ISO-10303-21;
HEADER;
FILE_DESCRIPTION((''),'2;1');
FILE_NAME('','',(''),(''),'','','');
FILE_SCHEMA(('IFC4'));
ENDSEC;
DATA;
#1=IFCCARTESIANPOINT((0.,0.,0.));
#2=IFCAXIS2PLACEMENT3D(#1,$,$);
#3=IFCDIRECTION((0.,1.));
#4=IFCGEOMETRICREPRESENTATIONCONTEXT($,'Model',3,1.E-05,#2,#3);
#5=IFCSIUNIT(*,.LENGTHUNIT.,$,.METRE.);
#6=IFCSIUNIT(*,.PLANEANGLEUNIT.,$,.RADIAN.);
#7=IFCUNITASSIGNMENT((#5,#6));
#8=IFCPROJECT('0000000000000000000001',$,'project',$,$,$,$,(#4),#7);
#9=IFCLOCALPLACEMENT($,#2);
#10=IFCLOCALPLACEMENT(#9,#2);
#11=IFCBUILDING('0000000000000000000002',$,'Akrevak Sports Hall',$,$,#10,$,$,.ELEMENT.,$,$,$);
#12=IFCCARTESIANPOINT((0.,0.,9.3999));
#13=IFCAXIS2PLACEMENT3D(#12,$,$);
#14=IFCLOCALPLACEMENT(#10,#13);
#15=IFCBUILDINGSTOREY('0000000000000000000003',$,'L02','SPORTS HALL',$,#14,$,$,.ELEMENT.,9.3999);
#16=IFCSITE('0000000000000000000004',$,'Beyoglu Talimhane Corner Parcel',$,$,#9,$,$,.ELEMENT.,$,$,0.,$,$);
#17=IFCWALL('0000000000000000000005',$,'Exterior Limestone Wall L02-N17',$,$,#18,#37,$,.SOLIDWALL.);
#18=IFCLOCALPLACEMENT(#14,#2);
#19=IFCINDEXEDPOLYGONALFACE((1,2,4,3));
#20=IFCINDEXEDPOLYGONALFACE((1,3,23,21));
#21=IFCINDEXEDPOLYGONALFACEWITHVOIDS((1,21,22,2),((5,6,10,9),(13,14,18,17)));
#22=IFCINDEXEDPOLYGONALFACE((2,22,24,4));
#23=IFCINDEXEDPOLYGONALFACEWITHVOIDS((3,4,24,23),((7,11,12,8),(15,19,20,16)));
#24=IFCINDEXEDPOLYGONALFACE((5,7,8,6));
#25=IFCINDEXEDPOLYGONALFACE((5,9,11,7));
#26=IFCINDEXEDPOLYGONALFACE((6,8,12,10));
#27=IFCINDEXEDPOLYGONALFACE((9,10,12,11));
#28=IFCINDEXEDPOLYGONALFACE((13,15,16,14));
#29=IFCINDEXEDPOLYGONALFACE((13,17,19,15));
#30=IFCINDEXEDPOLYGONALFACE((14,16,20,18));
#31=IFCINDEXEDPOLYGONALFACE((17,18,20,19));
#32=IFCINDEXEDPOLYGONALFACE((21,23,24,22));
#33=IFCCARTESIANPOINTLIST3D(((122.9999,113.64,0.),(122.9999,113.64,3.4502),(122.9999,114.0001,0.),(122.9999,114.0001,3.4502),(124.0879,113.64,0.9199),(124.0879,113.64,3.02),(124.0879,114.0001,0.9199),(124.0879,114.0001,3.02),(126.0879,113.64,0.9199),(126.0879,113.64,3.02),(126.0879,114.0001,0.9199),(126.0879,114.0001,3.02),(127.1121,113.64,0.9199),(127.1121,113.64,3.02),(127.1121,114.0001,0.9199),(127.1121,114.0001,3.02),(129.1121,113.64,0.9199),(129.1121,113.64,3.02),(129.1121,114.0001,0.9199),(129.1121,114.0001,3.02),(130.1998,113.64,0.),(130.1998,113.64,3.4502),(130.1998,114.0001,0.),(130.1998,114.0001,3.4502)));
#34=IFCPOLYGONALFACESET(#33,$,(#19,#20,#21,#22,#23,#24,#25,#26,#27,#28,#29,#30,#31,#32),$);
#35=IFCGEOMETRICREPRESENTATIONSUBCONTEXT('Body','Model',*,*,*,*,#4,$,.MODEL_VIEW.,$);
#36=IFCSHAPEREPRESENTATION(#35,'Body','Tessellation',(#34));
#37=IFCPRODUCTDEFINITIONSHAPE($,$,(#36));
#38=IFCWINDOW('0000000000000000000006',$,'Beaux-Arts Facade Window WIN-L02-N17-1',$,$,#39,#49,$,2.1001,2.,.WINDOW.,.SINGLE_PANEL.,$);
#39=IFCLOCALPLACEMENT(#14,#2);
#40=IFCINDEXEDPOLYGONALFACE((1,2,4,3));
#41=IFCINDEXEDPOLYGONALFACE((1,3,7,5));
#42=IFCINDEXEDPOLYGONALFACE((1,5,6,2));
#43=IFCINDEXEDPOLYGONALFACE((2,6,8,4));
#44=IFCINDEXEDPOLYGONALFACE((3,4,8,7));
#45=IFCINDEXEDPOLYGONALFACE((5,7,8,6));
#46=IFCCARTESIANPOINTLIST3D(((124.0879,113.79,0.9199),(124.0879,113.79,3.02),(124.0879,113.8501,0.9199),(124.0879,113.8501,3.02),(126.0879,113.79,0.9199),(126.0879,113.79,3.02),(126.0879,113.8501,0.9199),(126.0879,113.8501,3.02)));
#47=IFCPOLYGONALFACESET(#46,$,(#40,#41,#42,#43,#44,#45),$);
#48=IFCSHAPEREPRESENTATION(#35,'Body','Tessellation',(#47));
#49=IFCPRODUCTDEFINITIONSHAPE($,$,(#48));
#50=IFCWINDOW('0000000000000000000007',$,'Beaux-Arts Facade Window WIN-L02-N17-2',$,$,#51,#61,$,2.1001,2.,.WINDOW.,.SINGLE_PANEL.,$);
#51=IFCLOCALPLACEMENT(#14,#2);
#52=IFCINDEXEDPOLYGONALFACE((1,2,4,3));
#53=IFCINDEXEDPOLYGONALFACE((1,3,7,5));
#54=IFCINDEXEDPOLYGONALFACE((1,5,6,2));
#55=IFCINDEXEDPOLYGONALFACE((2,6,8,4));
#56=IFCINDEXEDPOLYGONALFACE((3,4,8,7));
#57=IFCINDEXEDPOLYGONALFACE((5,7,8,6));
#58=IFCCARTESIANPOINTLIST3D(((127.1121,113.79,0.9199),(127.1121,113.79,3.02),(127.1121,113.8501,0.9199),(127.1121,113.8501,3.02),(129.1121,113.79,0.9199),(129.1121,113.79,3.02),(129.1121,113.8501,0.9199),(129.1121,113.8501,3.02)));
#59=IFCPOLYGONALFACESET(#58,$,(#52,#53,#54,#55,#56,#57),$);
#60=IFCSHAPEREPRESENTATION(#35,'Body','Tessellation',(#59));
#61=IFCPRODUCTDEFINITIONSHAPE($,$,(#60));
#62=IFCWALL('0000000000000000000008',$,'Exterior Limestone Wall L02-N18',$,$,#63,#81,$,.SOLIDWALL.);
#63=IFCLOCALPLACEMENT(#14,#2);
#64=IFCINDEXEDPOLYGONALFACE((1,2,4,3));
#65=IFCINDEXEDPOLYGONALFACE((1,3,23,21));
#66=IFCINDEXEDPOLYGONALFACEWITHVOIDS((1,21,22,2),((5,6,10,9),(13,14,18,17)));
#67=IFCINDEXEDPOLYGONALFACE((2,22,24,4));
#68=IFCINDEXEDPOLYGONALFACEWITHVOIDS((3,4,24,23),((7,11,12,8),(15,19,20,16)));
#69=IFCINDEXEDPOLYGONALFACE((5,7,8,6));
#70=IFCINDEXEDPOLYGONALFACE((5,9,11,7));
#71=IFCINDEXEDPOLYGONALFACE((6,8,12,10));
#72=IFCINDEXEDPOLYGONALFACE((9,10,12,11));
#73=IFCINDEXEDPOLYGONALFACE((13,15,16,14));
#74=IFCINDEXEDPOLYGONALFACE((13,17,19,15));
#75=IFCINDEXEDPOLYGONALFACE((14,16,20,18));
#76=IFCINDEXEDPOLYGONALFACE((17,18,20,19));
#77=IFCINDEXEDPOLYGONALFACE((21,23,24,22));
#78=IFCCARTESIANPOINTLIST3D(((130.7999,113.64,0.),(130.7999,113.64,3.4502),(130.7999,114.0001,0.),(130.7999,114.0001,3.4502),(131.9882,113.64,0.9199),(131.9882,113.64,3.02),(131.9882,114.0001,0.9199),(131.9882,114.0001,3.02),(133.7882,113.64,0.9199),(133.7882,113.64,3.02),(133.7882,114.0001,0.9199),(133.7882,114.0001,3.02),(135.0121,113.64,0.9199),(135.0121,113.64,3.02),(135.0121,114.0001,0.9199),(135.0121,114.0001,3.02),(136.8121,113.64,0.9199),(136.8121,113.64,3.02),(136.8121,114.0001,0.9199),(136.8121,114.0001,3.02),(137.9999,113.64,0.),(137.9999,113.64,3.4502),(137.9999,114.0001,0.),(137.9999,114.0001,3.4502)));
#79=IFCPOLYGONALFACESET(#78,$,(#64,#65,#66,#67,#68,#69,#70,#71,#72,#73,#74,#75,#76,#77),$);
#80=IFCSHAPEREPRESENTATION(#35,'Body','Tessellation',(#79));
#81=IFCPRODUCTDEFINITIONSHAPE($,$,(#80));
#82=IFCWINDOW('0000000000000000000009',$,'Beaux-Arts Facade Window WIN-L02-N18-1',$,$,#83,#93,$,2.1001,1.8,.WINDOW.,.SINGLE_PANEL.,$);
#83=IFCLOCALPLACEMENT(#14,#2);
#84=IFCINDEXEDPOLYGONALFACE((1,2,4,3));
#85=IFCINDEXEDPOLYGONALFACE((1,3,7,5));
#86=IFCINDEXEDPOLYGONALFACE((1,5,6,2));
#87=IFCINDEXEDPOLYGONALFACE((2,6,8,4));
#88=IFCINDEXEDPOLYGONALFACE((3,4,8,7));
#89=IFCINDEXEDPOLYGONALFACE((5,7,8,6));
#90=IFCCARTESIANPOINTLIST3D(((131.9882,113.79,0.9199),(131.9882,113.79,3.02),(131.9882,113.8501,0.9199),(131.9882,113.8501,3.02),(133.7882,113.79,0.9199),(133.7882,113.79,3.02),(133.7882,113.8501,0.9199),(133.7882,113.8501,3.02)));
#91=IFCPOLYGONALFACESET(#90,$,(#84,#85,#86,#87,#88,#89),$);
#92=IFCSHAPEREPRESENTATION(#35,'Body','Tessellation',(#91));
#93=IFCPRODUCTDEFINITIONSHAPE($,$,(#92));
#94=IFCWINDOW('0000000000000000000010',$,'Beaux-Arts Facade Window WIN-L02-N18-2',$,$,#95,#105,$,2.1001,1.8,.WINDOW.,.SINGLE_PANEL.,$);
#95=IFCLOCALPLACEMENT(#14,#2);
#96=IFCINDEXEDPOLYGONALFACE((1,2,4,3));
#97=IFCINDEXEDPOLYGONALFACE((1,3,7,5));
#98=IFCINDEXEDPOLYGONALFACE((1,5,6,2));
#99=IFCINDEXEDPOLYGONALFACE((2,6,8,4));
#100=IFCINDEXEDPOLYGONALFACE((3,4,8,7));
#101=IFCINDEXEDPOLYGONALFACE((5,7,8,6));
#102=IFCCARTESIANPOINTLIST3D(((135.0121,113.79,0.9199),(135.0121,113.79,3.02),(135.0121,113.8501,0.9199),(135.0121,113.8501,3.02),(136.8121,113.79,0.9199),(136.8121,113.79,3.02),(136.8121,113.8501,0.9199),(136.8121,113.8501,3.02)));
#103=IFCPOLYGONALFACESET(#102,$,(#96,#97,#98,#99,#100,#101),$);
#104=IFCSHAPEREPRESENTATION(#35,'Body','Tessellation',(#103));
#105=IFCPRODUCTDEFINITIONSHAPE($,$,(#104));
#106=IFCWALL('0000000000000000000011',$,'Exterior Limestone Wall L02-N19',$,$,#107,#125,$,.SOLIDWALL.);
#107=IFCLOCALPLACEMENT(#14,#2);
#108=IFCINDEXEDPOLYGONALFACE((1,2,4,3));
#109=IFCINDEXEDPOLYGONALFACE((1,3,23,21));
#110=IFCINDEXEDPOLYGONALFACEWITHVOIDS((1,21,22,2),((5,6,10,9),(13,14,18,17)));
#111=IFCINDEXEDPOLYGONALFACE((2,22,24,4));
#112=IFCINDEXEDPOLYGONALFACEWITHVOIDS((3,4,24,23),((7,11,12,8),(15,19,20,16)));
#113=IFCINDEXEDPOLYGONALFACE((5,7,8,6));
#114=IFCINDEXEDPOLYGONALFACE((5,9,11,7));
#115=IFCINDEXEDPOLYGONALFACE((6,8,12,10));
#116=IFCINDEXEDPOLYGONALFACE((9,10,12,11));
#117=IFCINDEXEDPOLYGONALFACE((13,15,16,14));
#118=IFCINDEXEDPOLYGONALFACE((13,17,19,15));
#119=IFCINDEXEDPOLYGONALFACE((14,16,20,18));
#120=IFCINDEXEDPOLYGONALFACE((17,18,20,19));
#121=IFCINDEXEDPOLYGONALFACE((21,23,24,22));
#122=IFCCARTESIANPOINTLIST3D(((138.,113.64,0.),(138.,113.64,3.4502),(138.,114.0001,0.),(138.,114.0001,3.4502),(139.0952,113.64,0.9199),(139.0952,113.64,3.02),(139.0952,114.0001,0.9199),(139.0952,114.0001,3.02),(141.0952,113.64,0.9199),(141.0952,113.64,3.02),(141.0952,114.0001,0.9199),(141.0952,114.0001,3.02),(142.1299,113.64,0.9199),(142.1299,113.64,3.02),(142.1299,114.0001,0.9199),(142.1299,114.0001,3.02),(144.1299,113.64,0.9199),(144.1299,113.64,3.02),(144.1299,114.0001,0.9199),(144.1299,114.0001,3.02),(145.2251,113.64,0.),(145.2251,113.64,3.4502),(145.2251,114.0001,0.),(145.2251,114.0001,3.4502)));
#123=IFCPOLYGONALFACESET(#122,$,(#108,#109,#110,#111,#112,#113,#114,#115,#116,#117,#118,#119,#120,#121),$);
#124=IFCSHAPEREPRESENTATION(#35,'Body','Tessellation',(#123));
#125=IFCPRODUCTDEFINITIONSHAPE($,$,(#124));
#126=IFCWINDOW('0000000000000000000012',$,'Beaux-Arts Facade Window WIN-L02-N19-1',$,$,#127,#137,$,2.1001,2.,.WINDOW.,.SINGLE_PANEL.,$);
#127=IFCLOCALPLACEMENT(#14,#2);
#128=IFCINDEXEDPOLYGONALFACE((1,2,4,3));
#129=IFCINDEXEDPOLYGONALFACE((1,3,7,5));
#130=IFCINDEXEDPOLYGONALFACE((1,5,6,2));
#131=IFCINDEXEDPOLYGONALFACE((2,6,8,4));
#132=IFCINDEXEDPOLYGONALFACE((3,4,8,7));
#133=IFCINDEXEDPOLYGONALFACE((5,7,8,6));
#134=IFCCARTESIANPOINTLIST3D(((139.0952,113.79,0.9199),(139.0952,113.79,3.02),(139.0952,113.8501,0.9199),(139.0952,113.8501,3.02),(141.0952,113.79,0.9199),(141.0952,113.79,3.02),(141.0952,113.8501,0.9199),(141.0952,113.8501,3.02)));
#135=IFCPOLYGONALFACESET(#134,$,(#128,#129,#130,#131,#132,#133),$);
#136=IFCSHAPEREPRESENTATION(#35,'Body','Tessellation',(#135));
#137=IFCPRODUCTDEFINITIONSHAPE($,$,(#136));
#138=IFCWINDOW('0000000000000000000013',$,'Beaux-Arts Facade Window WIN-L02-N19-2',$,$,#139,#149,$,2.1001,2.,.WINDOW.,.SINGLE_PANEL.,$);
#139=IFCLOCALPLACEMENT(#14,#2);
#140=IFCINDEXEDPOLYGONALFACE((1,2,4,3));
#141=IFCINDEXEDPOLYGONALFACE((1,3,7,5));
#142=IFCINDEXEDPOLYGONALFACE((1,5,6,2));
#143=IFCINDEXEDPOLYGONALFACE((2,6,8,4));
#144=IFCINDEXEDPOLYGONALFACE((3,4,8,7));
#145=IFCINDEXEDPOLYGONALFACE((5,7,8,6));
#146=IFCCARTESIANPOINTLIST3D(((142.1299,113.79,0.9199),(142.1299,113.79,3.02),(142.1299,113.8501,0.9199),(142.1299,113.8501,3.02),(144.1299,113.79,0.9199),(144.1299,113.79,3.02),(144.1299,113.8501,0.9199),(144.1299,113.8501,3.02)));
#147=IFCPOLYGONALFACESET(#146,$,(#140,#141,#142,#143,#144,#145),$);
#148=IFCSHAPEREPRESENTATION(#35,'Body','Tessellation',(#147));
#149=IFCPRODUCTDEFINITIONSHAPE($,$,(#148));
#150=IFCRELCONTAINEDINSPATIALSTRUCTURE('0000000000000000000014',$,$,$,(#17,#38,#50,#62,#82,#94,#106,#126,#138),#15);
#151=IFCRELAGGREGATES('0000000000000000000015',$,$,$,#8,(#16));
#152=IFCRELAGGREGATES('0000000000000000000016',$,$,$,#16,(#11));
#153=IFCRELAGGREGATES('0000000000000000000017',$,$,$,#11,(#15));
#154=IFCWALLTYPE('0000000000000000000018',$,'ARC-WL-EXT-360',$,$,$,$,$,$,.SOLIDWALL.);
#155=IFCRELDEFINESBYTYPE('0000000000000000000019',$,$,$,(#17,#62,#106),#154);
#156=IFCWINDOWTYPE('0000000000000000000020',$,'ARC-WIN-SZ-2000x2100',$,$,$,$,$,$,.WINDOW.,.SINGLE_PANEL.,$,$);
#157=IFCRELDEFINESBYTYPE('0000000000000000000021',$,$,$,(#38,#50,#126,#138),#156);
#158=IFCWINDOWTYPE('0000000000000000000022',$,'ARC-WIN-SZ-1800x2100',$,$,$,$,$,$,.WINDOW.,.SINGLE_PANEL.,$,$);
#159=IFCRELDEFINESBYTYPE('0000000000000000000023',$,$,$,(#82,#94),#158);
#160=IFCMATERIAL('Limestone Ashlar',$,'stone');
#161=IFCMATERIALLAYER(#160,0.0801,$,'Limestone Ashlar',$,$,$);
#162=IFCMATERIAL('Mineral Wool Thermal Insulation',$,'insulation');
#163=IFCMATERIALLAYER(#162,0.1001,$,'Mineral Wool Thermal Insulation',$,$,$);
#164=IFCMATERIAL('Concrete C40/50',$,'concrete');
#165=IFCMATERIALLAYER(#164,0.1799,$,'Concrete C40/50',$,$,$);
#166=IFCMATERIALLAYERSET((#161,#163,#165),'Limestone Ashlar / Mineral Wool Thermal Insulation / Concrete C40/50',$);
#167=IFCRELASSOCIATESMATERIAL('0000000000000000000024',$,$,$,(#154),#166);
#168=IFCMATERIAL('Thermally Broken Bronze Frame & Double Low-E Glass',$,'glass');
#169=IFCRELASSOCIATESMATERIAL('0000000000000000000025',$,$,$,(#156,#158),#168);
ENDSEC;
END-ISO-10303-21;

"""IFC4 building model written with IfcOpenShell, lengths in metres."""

from ifc_helpers import new_model, si_unit, direction, frame, frame_2d, origin, place, context, subcontext, project, spatial, rectangle, extrude, material, layer, layer_set, type_object, element, fill, save


model = new_model("IFC4")

# Units and contexts
model_context = context("Model", 3, precision=1e-05, world=origin(), true_north=direction((0.0, 1.0)))
body_context = subcontext(model_context, "Body", "Model", "MODEL_VIEW")
ifc_project = project(units=[si_unit("LENGTHUNIT", "METRE"), si_unit("PLANEANGLEUNIT", "RADIAN")], contexts=[model_context])

# Site, building, storey
site_placement = place(None, origin())
site = spatial("IfcSite", under=ifc_project, at=site_placement, Name="Beyoglu Talimhane Corner Parcel", CompositionType="ELEMENT", RefElevation=0.0)
building_placement = place(site_placement, origin())
building = spatial("IfcBuilding", under=site, at=building_placement, Name="Akrevak Sports Hall", CompositionType="ELEMENT")
storey_placement = place(building_placement, frame((0.0, 0.0, 9.3999)))
storey = spatial("IfcBuildingStorey", under=building, at=storey_placement, Name="L02", Description="SPORTS HALL", CompositionType="ELEMENT", Elevation=9.3999)

# Shared definitions
ifc_material_1 = material(Name="Concrete C40/50", Category="concrete")

# Walls, openings, windows
ifc_material_2 = material(Name="Limestone Ashlar", Category="stone")
ifc_layer_1 = layer(ifc_material_2, 0.0801, Name="Limestone Ashlar")
ifc_material_3 = material(Name="Mineral Wool Thermal Insulation", Category="insulation")
ifc_layer_2 = layer(ifc_material_3, 0.1001, Name="Mineral Wool Thermal Insulation")
ifc_layer_3 = layer(ifc_material_1, 0.1799, Name="Concrete C40/50")
ifc_layer_set_1 = layer_set([ifc_layer_1, ifc_layer_2, ifc_layer_3], Name="Limestone Ashlar / Mineral Wool Thermal Insulation / Concrete C40/50")
wall_type_1 = type_object("IfcWallType", Name="ARC-WL-EXT-360", PredefinedType="SOLIDWALL", material=ifc_layer_set_1)
ifc_material_4 = material(Name="Thermally Broken Bronze Frame & Double Low-E Glass", Category="glass")
window_type_1 = type_object("IfcWindowType", Name="ARC-WIN-SZ-2000x2100", PartitioningType="SINGLE_PANEL", PredefinedType="WINDOW", material=ifc_material_4)
wall_1_placement = place(storey_placement, frame((130.2, 113.8201, 0.0), z_axis=(0.0, 0.0, 1.0), x_axis=(-1.0, 0.0, 0.0)))
wall_1 = element("IfcWall", 1, at=wall_1_placement, inside=storey, type_object=wall_type_1, Name="Exterior Limestone Wall L02-N17", PredefinedType="SOLIDWALL", context=body_context, shape_type="SweptSolid", body=[
    extrude(rectangle(XDim=7.2, YDim=0.3601, at=frame_2d((3.6001, 0.0))), origin(), (0.0, 0.0, 1.0), 3.4502),
])
opening_1_placement = place(wall_1_placement, frame((4.1121, 0.0, 0.9199)))
opening_1 = element("IfcOpeningElement", 2, at=opening_1_placement, cuts=wall_1, PredefinedType="OPENING", context=body_context, shape_type="SweptSolid", body=[
    extrude(rectangle(XDim=2.0, YDim=2.1001, at=frame_2d((1.0, 1.05))), frame((0.0, 0.1919, 0.0), z_axis=(0.0, -1.0, 0.0), x_axis=(1.0, 0.0, 0.0)), (0.0, 0.0, 1.0), 0.384),
])
opening_2_placement = place(wall_1_placement, frame((1.0879, 0.0, 0.9199)))
opening_2 = element("IfcOpeningElement", 3, at=opening_2_placement, cuts=wall_1, PredefinedType="OPENING", context=body_context, shape_type="SweptSolid", body=[
    extrude(rectangle(XDim=2.0, YDim=2.1001, at=frame_2d((1.0, 1.05))), frame((0.0, 0.1919, 0.0), z_axis=(0.0, -1.0, 0.0), x_axis=(1.0, 0.0, 0.0)), (0.0, 0.0, 1.0), 0.384),
])
window_1_placement = place(opening_1_placement, origin())
window_1 = element("IfcWindow", 4, at=window_1_placement, inside=storey, type_object=window_type_1, Name="Beaux-Arts Facade Window WIN-L02-N17-1", OverallHeight=2.1001, OverallWidth=2.0, PartitioningType="SINGLE_PANEL", PredefinedType="WINDOW", context=body_context, shape_type="SweptSolid", body=[
    extrude(rectangle(XDim=2.0, YDim=2.1001, at=frame_2d((1.0, 1.05))), frame((0.0, 0.03, 0.0), z_axis=(0.0, -1.0, 0.0), x_axis=(1.0, 0.0, 0.0)), (0.0, 0.0, 1.0), 0.0601),
])
fill(opening_1, window_1)
window_2_placement = place(opening_2_placement, origin())
window_2 = element("IfcWindow", 5, at=window_2_placement, inside=storey, type_object=window_type_1, Name="Beaux-Arts Facade Window WIN-L02-N17-2", OverallHeight=2.1001, OverallWidth=2.0, PartitioningType="SINGLE_PANEL", PredefinedType="WINDOW", context=body_context, shape_type="SweptSolid", body=[
    extrude(rectangle(XDim=2.0, YDim=2.1001, at=frame_2d((1.0, 1.05))), frame((0.0, 0.03, 0.0), z_axis=(0.0, -1.0, 0.0), x_axis=(1.0, 0.0, 0.0)), (0.0, 0.0, 1.0), 0.0601),
])
fill(opening_2, window_2)
wall_2_placement = place(storey_placement, frame((138.0, 113.8201, 0.0), z_axis=(0.0, 0.0, 1.0), x_axis=(-1.0, 0.0, 0.0)))
wall_2 = element("IfcWall", 6, at=wall_2_placement, inside=storey, type_object=wall_type_1, Name="Exterior Limestone Wall L02-N18", PredefinedType="SOLIDWALL", context=body_context, shape_type="SweptSolid", body=[
    extrude(rectangle(XDim=7.2, YDim=0.3601, at=frame_2d((3.6001, 0.0))), origin(), (0.0, 0.0, 1.0), 3.4502),
])
opening_3_placement = place(wall_2_placement, frame((4.2119, 0.0, 0.9199)))
opening_3 = element("IfcOpeningElement", 7, at=opening_3_placement, cuts=wall_2, PredefinedType="OPENING", context=body_context, shape_type="SweptSolid", body=[
    extrude(rectangle(XDim=1.8, YDim=2.1001, at=frame_2d((0.8999, 1.05))), frame((0.0, 0.1919, 0.0), z_axis=(0.0, -1.0, 0.0), x_axis=(1.0, 0.0, 0.0)), (0.0, 0.0, 1.0), 0.384),
])
opening_4_placement = place(wall_2_placement, frame((1.188, 0.0, 0.9199)))
opening_4 = element("IfcOpeningElement", 8, at=opening_4_placement, cuts=wall_2, PredefinedType="OPENING", context=body_context, shape_type="SweptSolid", body=[
    extrude(rectangle(XDim=1.8, YDim=2.1001, at=frame_2d((0.8999, 1.05))), frame((0.0, 0.1919, 0.0), z_axis=(0.0, -1.0, 0.0), x_axis=(1.0, 0.0, 0.0)), (0.0, 0.0, 1.0), 0.384),
])
window_type_2 = type_object("IfcWindowType", Name="ARC-WIN-SZ-1800x2100", PartitioningType="SINGLE_PANEL", PredefinedType="WINDOW", material=ifc_material_4)
window_3_placement = place(opening_3_placement, origin())
window_3 = element("IfcWindow", 9, at=window_3_placement, inside=storey, type_object=window_type_2, Name="Beaux-Arts Facade Window WIN-L02-N18-1", OverallHeight=2.1001, OverallWidth=1.8, PartitioningType="SINGLE_PANEL", PredefinedType="WINDOW", context=body_context, shape_type="SweptSolid", body=[
    extrude(rectangle(XDim=1.8, YDim=2.1001, at=frame_2d((0.8999, 1.05))), frame((0.0, 0.03, 0.0), z_axis=(0.0, -1.0, 0.0), x_axis=(1.0, 0.0, 0.0)), (0.0, 0.0, 1.0), 0.0601),
])
fill(opening_3, window_3)
window_4_placement = place(opening_4_placement, origin())
window_4 = element("IfcWindow", 10, at=window_4_placement, inside=storey, type_object=window_type_2, Name="Beaux-Arts Facade Window WIN-L02-N18-2", OverallHeight=2.1001, OverallWidth=1.8, PartitioningType="SINGLE_PANEL", PredefinedType="WINDOW", context=body_context, shape_type="SweptSolid", body=[
    extrude(rectangle(XDim=1.8, YDim=2.1001, at=frame_2d((0.8999, 1.05))), frame((0.0, 0.03, 0.0), z_axis=(0.0, -1.0, 0.0), x_axis=(1.0, 0.0, 0.0)), (0.0, 0.0, 1.0), 0.0601),
])
fill(opening_4, window_4)
wall_3_placement = place(storey_placement, frame((145.2251, 113.8201, 0.0), z_axis=(0.0, 0.0, 1.0), x_axis=(-1.0, 0.0, 0.0)))
wall_3 = element("IfcWall", 11, at=wall_3_placement, inside=storey, type_object=wall_type_1, Name="Exterior Limestone Wall L02-N19", PredefinedType="SOLIDWALL", context=body_context, shape_type="SweptSolid", body=[
    extrude(rectangle(XDim=7.2251, YDim=0.3601, at=frame_2d((3.6125, 0.0))), origin(), (0.0, 0.0, 1.0), 3.4502),
])
opening_5_placement = place(wall_3_placement, frame((4.1299, 0.0, 0.9199)))
opening_5 = element("IfcOpeningElement", 12, at=opening_5_placement, cuts=wall_3, PredefinedType="OPENING", context=body_context, shape_type="SweptSolid", body=[
    extrude(rectangle(XDim=2.0, YDim=2.1001, at=frame_2d((1.0, 1.05))), frame((0.0, 0.1919, 0.0), z_axis=(0.0, -1.0, 0.0), x_axis=(1.0, 0.0, 0.0)), (0.0, 0.0, 1.0), 0.384),
])
opening_6_placement = place(wall_3_placement, frame((1.0952, 0.0, 0.9199)))
opening_6 = element("IfcOpeningElement", 13, at=opening_6_placement, cuts=wall_3, PredefinedType="OPENING", context=body_context, shape_type="SweptSolid", body=[
    extrude(rectangle(XDim=2.0, YDim=2.1001, at=frame_2d((1.0, 1.05))), frame((0.0, 0.1919, 0.0), z_axis=(0.0, -1.0, 0.0), x_axis=(1.0, 0.0, 0.0)), (0.0, 0.0, 1.0), 0.384),
])
window_5_placement = place(opening_5_placement, origin())
window_5 = element("IfcWindow", 14, at=window_5_placement, inside=storey, type_object=window_type_1, Name="Beaux-Arts Facade Window WIN-L02-N19-1", OverallHeight=2.1001, OverallWidth=2.0, PartitioningType="SINGLE_PANEL", PredefinedType="WINDOW", context=body_context, shape_type="SweptSolid", body=[
    extrude(rectangle(XDim=2.0, YDim=2.1001, at=frame_2d((1.0, 1.05))), frame((0.0, 0.03, 0.0), z_axis=(0.0, -1.0, 0.0), x_axis=(1.0, 0.0, 0.0)), (0.0, 0.0, 1.0), 0.0601),
])
fill(opening_5, window_5)
window_6_placement = place(opening_6_placement, origin())
window_6 = element("IfcWindow", 15, at=window_6_placement, inside=storey, type_object=window_type_1, Name="Beaux-Arts Facade Window WIN-L02-N19-2", OverallHeight=2.1001, OverallWidth=2.0, PartitioningType="SINGLE_PANEL", PredefinedType="WINDOW", context=body_context, shape_type="SweptSolid", body=[
    extrude(rectangle(XDim=2.0, YDim=2.1001, at=frame_2d((1.0, 1.05))), frame((0.0, 0.03, 0.0), z_axis=(0.0, -1.0, 0.0), x_axis=(1.0, 0.0, 0.0)), (0.0, 0.0, 1.0), 0.0601),
])
fill(opening_6, window_6)

save(model, "model.ifc")
